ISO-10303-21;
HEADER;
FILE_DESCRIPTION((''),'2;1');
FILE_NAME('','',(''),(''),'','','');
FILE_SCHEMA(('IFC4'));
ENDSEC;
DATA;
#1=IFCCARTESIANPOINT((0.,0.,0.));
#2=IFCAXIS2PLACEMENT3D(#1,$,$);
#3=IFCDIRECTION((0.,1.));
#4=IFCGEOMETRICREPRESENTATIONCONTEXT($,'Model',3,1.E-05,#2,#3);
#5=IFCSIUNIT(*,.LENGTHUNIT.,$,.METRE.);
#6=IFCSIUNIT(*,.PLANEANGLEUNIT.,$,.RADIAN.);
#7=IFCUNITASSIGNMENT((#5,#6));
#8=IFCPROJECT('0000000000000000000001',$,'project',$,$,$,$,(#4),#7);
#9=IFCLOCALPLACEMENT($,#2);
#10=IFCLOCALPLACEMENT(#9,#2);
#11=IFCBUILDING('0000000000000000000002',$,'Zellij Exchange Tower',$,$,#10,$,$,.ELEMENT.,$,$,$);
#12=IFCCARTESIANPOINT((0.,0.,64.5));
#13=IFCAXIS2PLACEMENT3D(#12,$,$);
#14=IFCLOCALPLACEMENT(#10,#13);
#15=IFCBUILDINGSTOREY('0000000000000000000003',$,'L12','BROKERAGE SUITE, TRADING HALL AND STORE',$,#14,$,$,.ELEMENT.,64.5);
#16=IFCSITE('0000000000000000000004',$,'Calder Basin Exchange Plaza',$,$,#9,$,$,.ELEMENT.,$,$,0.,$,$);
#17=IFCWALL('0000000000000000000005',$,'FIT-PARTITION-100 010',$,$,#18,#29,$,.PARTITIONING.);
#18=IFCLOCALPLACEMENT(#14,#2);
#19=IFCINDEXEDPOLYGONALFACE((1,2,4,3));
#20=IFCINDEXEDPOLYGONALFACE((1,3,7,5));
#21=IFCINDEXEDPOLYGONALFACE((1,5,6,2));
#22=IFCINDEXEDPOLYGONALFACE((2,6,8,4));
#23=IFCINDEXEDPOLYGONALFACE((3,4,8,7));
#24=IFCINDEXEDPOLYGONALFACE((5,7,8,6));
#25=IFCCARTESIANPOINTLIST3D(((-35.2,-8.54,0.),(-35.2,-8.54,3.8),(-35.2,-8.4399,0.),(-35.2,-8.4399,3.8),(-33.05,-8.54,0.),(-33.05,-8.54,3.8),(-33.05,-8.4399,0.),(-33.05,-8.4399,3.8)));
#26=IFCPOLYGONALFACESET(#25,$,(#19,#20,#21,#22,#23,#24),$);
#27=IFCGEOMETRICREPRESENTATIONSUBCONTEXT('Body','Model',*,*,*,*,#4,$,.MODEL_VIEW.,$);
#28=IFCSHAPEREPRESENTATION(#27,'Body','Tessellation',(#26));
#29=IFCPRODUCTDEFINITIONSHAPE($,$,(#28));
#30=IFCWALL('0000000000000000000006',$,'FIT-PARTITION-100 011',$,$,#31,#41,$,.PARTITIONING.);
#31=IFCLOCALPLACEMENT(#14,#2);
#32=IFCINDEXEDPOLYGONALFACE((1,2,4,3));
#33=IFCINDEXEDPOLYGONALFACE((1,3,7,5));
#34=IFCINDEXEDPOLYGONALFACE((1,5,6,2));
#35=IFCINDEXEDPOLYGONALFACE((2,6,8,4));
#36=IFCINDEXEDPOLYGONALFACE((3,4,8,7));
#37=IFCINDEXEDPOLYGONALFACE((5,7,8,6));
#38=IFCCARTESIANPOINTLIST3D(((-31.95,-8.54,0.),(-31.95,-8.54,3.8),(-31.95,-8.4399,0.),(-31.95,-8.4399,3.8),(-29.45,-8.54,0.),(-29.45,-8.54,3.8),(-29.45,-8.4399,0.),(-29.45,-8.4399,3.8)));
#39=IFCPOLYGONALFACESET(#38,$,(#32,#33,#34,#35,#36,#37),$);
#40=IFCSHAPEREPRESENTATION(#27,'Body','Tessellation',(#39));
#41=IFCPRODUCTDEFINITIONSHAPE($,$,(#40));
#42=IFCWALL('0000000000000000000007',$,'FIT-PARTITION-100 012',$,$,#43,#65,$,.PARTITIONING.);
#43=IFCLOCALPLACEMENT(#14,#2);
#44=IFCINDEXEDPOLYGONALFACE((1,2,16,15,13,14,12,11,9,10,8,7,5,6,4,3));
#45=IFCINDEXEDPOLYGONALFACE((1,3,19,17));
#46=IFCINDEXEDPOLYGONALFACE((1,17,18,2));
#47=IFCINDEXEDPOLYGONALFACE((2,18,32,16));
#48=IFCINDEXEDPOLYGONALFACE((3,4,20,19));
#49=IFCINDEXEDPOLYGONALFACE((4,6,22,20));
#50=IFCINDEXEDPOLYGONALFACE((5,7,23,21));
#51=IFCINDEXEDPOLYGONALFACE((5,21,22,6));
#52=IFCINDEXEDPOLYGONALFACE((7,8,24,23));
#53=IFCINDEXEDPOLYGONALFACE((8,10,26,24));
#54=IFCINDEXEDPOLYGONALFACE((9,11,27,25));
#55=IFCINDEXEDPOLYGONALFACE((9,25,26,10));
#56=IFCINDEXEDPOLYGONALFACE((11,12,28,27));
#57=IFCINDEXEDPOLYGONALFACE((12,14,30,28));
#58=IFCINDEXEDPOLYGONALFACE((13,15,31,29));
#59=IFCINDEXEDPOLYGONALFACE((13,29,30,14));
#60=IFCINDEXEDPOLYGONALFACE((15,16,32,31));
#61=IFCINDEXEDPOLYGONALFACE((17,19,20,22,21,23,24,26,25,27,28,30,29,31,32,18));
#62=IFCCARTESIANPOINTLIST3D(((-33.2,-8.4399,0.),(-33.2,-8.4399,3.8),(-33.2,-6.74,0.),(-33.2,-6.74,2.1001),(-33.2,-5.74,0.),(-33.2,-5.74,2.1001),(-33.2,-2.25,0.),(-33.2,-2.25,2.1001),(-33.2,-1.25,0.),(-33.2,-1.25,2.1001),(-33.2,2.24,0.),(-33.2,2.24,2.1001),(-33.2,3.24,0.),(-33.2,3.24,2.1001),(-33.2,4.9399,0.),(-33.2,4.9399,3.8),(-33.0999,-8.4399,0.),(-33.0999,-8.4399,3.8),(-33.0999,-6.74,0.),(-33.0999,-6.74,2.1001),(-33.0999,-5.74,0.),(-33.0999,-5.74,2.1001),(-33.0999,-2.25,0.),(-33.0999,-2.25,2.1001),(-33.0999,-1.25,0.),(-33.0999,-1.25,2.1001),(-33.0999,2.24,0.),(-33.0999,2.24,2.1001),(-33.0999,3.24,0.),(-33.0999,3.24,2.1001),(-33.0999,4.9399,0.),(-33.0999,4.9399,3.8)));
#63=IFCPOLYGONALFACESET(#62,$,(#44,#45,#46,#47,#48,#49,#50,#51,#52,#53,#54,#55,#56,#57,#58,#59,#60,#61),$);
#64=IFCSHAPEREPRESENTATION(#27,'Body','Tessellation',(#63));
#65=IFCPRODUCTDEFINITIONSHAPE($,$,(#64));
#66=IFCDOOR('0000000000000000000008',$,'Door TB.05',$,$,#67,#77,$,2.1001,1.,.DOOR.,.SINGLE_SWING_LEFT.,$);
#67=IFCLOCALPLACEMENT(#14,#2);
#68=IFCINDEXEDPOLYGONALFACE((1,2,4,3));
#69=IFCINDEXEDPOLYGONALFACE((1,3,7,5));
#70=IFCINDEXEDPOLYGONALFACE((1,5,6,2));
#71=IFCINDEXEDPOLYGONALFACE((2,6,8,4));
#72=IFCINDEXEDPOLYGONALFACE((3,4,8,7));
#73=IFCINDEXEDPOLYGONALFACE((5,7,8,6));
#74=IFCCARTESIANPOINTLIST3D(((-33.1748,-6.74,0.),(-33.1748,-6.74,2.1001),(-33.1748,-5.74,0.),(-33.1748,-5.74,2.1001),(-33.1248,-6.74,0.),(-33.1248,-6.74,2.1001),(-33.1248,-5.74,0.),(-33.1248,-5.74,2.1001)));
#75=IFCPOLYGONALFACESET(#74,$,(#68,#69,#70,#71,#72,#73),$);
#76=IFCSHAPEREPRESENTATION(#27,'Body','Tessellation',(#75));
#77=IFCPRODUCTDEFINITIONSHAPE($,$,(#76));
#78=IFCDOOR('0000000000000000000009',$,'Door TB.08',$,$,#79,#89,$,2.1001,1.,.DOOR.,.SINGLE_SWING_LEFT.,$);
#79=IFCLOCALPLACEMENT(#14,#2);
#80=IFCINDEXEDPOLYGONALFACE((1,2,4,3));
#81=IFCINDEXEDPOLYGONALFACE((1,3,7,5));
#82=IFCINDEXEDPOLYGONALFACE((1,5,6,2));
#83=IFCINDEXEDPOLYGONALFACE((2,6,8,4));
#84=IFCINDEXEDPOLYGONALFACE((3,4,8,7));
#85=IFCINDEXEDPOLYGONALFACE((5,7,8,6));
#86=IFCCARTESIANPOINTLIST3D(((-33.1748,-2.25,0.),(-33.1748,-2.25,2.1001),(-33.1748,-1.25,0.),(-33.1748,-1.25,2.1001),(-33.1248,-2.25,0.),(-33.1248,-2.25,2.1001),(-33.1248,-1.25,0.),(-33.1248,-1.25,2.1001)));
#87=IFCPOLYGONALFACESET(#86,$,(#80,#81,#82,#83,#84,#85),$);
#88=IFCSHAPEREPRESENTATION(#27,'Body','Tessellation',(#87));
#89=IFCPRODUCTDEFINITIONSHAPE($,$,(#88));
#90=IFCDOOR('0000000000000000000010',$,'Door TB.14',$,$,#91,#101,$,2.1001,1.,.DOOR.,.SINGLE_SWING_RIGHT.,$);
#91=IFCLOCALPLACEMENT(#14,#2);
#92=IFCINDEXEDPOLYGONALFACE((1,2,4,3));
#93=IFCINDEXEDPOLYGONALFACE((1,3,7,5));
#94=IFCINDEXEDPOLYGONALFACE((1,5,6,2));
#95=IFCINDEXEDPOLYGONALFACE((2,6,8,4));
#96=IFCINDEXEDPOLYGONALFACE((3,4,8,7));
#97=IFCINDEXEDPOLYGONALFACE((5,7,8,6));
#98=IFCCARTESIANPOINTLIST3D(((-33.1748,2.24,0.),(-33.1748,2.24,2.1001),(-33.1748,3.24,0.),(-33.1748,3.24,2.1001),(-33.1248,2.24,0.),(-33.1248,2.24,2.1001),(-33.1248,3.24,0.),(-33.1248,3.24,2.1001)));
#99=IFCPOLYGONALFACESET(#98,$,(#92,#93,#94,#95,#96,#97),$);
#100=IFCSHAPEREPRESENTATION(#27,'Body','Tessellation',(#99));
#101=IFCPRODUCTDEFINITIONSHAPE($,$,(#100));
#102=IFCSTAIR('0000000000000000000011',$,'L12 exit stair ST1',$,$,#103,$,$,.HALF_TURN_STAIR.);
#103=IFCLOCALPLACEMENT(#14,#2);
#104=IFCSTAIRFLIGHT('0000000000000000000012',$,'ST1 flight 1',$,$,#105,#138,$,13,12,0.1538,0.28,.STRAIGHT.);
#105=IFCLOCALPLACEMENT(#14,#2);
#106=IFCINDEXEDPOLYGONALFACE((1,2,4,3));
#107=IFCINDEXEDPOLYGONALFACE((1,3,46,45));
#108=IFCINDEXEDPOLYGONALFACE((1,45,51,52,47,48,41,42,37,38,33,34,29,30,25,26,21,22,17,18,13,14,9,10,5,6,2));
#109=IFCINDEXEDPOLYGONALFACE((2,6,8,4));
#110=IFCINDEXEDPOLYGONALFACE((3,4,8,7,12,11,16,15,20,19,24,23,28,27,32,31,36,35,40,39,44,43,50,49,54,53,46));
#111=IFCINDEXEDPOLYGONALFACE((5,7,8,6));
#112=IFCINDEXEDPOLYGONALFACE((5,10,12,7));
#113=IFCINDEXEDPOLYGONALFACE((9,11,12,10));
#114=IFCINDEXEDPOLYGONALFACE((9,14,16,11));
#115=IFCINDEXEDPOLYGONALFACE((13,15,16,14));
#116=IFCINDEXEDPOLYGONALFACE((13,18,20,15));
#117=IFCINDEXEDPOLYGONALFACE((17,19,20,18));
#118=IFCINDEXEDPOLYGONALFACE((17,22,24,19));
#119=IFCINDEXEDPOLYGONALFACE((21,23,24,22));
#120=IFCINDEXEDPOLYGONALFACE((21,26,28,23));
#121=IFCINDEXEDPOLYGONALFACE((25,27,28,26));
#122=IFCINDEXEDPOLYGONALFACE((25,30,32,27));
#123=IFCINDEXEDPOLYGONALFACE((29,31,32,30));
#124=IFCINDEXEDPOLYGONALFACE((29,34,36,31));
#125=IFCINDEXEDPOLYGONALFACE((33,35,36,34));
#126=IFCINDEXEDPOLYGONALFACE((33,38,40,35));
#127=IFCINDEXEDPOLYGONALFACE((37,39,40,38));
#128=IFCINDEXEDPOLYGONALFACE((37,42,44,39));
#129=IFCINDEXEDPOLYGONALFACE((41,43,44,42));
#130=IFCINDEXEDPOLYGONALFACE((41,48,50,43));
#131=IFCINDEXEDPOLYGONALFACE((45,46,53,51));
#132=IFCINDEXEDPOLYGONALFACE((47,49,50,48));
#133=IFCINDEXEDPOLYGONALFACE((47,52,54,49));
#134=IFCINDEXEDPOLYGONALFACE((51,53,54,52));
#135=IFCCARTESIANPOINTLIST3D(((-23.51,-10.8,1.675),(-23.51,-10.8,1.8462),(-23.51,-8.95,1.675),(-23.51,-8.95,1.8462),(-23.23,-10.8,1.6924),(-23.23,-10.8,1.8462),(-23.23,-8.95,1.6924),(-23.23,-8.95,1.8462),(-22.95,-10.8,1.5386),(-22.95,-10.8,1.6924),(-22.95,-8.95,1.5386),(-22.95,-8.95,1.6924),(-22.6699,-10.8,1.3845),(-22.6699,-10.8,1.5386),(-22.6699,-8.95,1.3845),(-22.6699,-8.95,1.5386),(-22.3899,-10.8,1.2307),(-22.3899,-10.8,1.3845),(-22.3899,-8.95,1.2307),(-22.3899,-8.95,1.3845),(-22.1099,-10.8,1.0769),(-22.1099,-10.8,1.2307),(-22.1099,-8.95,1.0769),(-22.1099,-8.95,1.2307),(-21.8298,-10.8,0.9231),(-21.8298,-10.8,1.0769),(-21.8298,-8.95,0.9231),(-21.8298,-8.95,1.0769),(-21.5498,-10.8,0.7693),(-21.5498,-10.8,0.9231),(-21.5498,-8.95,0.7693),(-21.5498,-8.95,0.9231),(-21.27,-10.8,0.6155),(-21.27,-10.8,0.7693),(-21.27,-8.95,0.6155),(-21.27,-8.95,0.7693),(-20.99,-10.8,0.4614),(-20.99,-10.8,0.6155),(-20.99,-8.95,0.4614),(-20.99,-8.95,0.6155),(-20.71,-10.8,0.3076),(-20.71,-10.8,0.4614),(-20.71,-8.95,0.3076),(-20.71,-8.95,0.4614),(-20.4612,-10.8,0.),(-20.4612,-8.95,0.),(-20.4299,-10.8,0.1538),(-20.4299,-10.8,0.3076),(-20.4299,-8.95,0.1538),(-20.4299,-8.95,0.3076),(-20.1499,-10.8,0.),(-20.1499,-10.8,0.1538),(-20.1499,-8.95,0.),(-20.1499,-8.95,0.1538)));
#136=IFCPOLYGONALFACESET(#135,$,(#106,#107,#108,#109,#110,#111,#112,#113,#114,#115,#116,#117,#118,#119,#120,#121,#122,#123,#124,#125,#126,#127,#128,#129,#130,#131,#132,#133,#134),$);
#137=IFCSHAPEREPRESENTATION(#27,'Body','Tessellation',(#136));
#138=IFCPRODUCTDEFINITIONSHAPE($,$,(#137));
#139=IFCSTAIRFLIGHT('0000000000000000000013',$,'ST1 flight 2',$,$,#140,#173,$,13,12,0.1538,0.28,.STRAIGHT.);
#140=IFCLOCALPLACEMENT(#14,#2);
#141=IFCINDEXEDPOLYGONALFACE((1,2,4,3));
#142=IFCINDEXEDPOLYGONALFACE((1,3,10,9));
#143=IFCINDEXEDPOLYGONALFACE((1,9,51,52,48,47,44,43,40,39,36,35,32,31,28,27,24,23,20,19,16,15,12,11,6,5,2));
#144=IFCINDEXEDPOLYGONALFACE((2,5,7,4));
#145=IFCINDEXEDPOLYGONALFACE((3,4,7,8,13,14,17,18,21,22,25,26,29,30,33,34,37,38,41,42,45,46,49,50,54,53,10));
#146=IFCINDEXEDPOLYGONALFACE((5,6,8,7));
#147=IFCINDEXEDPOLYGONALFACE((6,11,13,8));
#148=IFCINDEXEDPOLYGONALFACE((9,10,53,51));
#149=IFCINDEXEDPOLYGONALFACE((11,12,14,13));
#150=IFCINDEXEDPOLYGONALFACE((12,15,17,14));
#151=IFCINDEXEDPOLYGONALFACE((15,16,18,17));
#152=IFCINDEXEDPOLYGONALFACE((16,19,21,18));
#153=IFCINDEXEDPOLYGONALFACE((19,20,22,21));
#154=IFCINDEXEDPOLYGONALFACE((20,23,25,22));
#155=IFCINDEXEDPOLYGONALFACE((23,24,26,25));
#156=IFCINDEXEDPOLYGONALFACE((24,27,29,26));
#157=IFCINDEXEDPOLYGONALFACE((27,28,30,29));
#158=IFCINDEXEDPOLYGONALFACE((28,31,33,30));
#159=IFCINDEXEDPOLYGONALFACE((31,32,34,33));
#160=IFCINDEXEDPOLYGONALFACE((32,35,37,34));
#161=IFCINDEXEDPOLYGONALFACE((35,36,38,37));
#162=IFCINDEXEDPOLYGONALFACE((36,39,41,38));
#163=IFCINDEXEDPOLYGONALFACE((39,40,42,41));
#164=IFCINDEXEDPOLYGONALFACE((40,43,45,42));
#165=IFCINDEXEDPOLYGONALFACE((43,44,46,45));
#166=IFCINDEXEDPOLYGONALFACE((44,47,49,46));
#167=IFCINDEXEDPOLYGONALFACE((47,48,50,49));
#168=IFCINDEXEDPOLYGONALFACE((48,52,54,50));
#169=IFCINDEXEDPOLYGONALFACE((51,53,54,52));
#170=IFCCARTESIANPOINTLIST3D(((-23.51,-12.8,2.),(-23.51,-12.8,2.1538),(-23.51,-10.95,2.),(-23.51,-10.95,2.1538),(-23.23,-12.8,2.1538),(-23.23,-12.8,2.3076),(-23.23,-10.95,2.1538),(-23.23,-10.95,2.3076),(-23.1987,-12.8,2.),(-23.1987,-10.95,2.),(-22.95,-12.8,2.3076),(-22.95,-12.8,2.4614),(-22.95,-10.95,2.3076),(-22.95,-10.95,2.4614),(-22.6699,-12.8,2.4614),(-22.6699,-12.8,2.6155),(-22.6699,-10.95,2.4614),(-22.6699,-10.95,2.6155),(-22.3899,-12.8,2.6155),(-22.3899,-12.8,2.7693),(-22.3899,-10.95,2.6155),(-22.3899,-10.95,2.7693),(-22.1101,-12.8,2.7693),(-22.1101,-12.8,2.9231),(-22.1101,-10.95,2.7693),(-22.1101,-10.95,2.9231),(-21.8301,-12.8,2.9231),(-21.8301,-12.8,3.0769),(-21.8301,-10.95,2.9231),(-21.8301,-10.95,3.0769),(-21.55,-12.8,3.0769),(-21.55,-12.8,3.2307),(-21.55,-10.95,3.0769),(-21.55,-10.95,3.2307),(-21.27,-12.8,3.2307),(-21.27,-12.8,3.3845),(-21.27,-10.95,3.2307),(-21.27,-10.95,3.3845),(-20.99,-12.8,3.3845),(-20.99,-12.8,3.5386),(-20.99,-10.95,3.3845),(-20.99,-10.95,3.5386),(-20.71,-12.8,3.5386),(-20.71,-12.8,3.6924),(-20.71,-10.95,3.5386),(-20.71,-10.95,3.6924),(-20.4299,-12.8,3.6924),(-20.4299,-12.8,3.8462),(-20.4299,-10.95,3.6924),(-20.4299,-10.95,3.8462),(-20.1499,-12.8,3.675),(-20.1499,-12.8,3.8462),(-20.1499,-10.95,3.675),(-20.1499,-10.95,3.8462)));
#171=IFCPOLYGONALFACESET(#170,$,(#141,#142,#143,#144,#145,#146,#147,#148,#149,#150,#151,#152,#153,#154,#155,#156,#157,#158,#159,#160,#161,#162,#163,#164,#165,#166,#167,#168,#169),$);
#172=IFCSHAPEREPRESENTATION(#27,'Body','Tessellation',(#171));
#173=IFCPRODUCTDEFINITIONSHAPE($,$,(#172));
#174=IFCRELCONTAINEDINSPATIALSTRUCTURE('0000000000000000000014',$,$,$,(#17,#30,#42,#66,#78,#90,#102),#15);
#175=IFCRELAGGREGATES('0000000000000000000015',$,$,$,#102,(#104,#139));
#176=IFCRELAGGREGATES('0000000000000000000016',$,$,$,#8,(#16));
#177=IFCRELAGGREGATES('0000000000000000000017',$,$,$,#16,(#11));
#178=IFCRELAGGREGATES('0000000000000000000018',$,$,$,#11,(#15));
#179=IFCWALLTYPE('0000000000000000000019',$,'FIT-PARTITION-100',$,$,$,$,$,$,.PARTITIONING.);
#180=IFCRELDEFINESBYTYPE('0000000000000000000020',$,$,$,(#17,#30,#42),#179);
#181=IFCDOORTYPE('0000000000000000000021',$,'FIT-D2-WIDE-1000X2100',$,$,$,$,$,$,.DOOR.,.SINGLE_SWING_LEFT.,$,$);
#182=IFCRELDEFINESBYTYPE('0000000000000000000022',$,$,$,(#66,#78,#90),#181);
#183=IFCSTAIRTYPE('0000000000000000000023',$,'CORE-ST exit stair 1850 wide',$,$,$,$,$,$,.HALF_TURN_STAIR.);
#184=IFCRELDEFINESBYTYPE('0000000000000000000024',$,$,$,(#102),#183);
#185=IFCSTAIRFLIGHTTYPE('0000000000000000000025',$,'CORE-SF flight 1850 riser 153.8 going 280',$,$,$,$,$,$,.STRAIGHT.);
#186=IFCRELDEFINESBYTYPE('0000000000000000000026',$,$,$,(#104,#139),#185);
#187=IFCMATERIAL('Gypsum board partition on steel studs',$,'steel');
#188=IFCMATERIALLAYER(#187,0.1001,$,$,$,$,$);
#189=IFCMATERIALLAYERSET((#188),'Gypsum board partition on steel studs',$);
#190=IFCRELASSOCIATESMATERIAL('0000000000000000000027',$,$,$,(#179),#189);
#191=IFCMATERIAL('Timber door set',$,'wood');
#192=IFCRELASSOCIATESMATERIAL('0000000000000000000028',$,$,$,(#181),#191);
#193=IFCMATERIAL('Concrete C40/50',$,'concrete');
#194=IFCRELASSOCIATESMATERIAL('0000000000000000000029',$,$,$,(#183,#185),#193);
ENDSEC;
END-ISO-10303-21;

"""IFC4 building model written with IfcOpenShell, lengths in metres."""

from ifc_helpers import new_model, si_unit, direction, frame, frame_2d, origin, place, context, subcontext, project, spatial, polyline, rectangle, outline, extrude, material, layer, layer_set, type_object, element, fill, aggregate, save


model = new_model("IFC4")

# Units and contexts
model_context = context("Model", 3, precision=1e-05, world=origin(), true_north=direction((0.0, 1.0)))
body_context = subcontext(model_context, "Body", "Model", "MODEL_VIEW")
ifc_project = project(units=[si_unit("LENGTHUNIT", "METRE"), si_unit("PLANEANGLEUNIT", "RADIAN")], contexts=[model_context])

# Site, building, storey
site_placement = place(None, origin())
site = spatial("IfcSite", under=ifc_project, at=site_placement, Name="Calder Basin Exchange Plaza", CompositionType="ELEMENT", RefElevation=0.0)
building_placement = place(site_placement, origin())
building = spatial("IfcBuilding", under=site, at=building_placement, Name="Zellij Exchange Tower", CompositionType="ELEMENT")
storey_placement = place(building_placement, frame((0.0, 0.0, 64.5)))
storey = spatial("IfcBuildingStorey", under=building, at=storey_placement, Name="L12", Description="BROKERAGE SUITE, TRADING HALL AND STORE", CompositionType="ELEMENT", Elevation=64.5)

# Shared definitions
ifc_material_1 = material(Name="Gypsum board partition on steel studs", Category="steel")
ifc_layer_1 = layer(ifc_material_1, 0.1001)
ifc_layer_set_1 = layer_set([ifc_layer_1], Name="Gypsum board partition on steel studs")
wall_type_1 = type_object("IfcWallType", Name="FIT-PARTITION-100", PredefinedType="PARTITIONING", material=ifc_layer_set_1)
ifc_material_2 = material(Name="Timber door set", Category="wood")
door_type_1 = type_object("IfcDoorType", Name="FIT-D2-WIDE-1000X2100", OperationType="SINGLE_SWING_LEFT", PredefinedType="DOOR", material=ifc_material_2)

# Walls
wall_1_placement = place(storey_placement, frame((-35.2, -8.49, 0.0), z_axis=(0.0, 0.0, 1.0), x_axis=(1.0, 0.0, 0.0)))
element("IfcWall", 1, at=wall_1_placement, inside=storey, type_object=wall_type_1, Name="FIT-PARTITION-100 010", PredefinedType="PARTITIONING", context=body_context, shape_type="SweptSolid", body=[
    extrude(rectangle(XDim=2.1499, YDim=0.1001, at=frame_2d((1.075, 0.0))), origin(), (0.0, 0.0, 1.0), 3.8),
])
wall_2_placement = place(storey_placement, frame((-31.95, -8.49, 0.0), z_axis=(0.0, 0.0, 1.0), x_axis=(1.0, 0.0, 0.0)))
element("IfcWall", 2, at=wall_2_placement, inside=storey, type_object=wall_type_1, Name="FIT-PARTITION-100 011", PredefinedType="PARTITIONING", context=body_context, shape_type="SweptSolid", body=[
    extrude(rectangle(XDim=2.5, YDim=0.1001, at=frame_2d((1.25, 0.0))), origin(), (0.0, 0.0, 1.0), 3.8),
])

# Wall, openings, doors
wall_3_placement = place(storey_placement, frame((-33.1499, -8.4399, 0.0), z_axis=(0.0, 0.0, 1.0), x_axis=(0.0, 1.0, 0.0)))
wall_3 = element("IfcWall", 3, at=wall_3_placement, inside=storey, type_object=wall_type_1, Name="FIT-PARTITION-100 012", PredefinedType="PARTITIONING", context=body_context, shape_type="SweptSolid", body=[
    extrude(rectangle(XDim=13.3799, YDim=0.1001, at=frame_2d((6.6899, 0.0))), origin(), (0.0, 0.0, 1.0), 3.8),
])
opening_1_placement = place(wall_3_placement, frame((1.7, 0.0, 0.0)))
opening_1 = element("IfcOpeningElement", 4, at=opening_1_placement, cuts=wall_3, PredefinedType="OPENING", context=body_context, shape_type="SweptSolid", body=[
    extrude(rectangle(XDim=1.0, YDim=2.1001, at=frame_2d((0.5, 1.05))), frame((0.0, 0.062, 0.0), z_axis=(0.0, -1.0, 0.0), x_axis=(1.0, 0.0, 0.0)), (0.0, 0.0, 1.0), 0.124),
])
opening_2_placement = place(wall_3_placement, frame((6.1899, 0.0, 0.0)))
opening_2 = element("IfcOpeningElement", 5, at=opening_2_placement, cuts=wall_3, PredefinedType="OPENING", context=body_context, shape_type="SweptSolid", body=[
    extrude(rectangle(XDim=1.0, YDim=2.1001, at=frame_2d((0.5, 1.05))), frame((0.0, 0.062, 0.0), z_axis=(0.0, -1.0, 0.0), x_axis=(1.0, 0.0, 0.0)), (0.0, 0.0, 1.0), 0.124),
])
opening_3_placement = place(wall_3_placement, frame((10.6799, 0.0, 0.0)))
opening_3 = element("IfcOpeningElement", 6, at=opening_3_placement, cuts=wall_3, PredefinedType="OPENING", context=body_context, shape_type="SweptSolid", body=[
    extrude(rectangle(XDim=1.0, YDim=2.1001, at=frame_2d((0.5, 1.05))), frame((0.0, 0.062, 0.0), z_axis=(0.0, -1.0, 0.0), x_axis=(1.0, 0.0, 0.0)), (0.0, 0.0, 1.0), 0.124),
])
door_1_placement = place(opening_1_placement, origin())
door_1 = element("IfcDoor", 7, at=door_1_placement, inside=storey, type_object=door_type_1, Name="Door TB.05", OperationType="SINGLE_SWING_LEFT", OverallHeight=2.1001, OverallWidth=1.0, PredefinedType="DOOR", context=body_context, shape_type="SweptSolid", body=[
    extrude(rectangle(XDim=1.0, YDim=2.1001, at=frame_2d((0.5, 1.05))), frame((0.0, 0.0249, 0.0), z_axis=(0.0, -1.0, 0.0), x_axis=(1.0, 0.0, 0.0)), (0.0, 0.0, 1.0), 0.05),
])
fill(opening_1, door_1)
door_2_placement = place(opening_2_placement, origin())
door_2 = element("IfcDoor", 8, at=door_2_placement, inside=storey, type_object=door_type_1, Name="Door TB.08", OperationType="SINGLE_SWING_LEFT", OverallHeight=2.1001, OverallWidth=1.0, PredefinedType="DOOR", context=body_context, shape_type="SweptSolid", body=[
    extrude(rectangle(XDim=1.0, YDim=2.1001, at=frame_2d((0.5, 1.05))), frame((0.0, 0.0249, 0.0), z_axis=(0.0, -1.0, 0.0), x_axis=(1.0, 0.0, 0.0)), (0.0, 0.0, 1.0), 0.05),
])
fill(opening_2, door_2)
door_3_placement = place(opening_3_placement, origin())
door_3 = element("IfcDoor", 9, at=door_3_placement, inside=storey, type_object=door_type_1, Name="Door TB.14", OperationType="SINGLE_SWING_RIGHT", OverallHeight=2.1001, OverallWidth=1.0, PredefinedType="DOOR", context=body_context, shape_type="SweptSolid", body=[
    extrude(rectangle(XDim=1.0, YDim=2.1001, at=frame_2d((0.5, 1.05))), frame((0.0, 0.0249, 0.0), z_axis=(0.0, -1.0, 0.0), x_axis=(1.0, 0.0, 0.0)), (0.0, 0.0, 1.0), 0.05),
])
fill(opening_3, door_3)

# Stair, stair flights
ifc_material_3 = material(Name="Concrete C40/50", Category="concrete")
stair_type = type_object("IfcStairType", Name="CORE-ST exit stair 1850 wide", PredefinedType="HALF_TURN_STAIR", material=ifc_material_3)
stair_placement = place(storey_placement, origin())
stair = element("IfcStair", 10, at=stair_placement, inside=storey, type_object=stair_type, Name="L12 exit stair ST1", PredefinedType="HALF_TURN_STAIR")
stair_flight_type = type_object("IfcStairFlightType", Name="CORE-SF flight 1850 riser 153.8 going 280", PredefinedType="STRAIGHT", material=ifc_material_3)
stair_flight_1_placement = place(storey_placement, frame((-20.1499, -9.875, 0.0), z_axis=(0.0, 0.0, 1.0), x_axis=(-1.0, 0.0, 0.0)))
stair_flight_1 = element("IfcStairFlight", 11, at=stair_flight_1_placement, type_object=stair_flight_type, Name="ST1 flight 1", NumberOfRisers=13, NumberOfTreads=12, PredefinedType="STRAIGHT", RiserHeight=0.1538, TreadLength=0.28, context=body_context, shape_type="SweptSolid", body=[
    extrude(outline(polyline([(0.0, 0.0), (0.0, 0.1538), (0.28, 0.1538), (0.28, 0.3076), (0.5601, 0.3076), (0.5601, 0.4614), (0.8401, 0.4614), (0.8401, 0.6155), (1.1201, 0.6155), (1.1201, 0.7693), (1.3999, 0.7693), (1.3999, 0.9231), (1.6799, 0.9231), (1.6799, 1.0769), (1.96, 1.0769), (1.96, 1.2307), (2.24, 1.2307), (2.24, 1.3845), (2.52, 1.3845), (2.52, 1.5386), (2.8, 1.5386), (2.8, 1.6924), (3.0801, 1.6924), (3.0801, 1.8462), (3.3601, 1.8462), (3.3601, 2.0), (3.3601, 1.675), (0.3113, 0.0), (0.0, 0.0)])), frame((0.0, 0.925, 0.0), z_axis=(0.0, -1.0, 0.0), x_axis=(1.0, 0.0, 0.0)), (0.0, 0.0, 1.0), 1.8501),
])
stair_flight_2_placement = place(storey_placement, frame((-23.51, -11.875, 2.0), z_axis=(0.0, 0.0, 1.0), x_axis=(1.0, 0.0, 0.0)))
stair_flight_2 = element("IfcStairFlight", 12, at=stair_flight_2_placement, type_object=stair_flight_type, Name="ST1 flight 2", NumberOfRisers=13, NumberOfTreads=12, PredefinedType="STRAIGHT", RiserHeight=0.1538, TreadLength=0.28, context=body_context, shape_type="SweptSolid", body=[
    extrude(outline(polyline([(0.0, 0.0), (0.0, 0.1538), (0.28, 0.1538), (0.28, 0.3076), (0.5601, 0.3076), (0.5601, 0.4614), (0.8401, 0.4614), (0.8401, 0.6155), (1.1201, 0.6155), (1.1201, 0.7693), (1.3999, 0.7693), (1.3999, 0.9231), (1.6799, 0.9231), (1.6799, 1.0769), (1.96, 1.0769), (1.96, 1.2307), (2.24, 1.2307), (2.24, 1.3845), (2.52, 1.3845), (2.52, 1.5386), (2.8, 1.5386), (2.8, 1.6924), (3.0801, 1.6924), (3.0801, 1.8462), (3.3601, 1.8462), (3.3601, 2.0), (3.3601, 1.675), (0.3113, 0.0), (0.0, 0.0)])), frame((0.0, 0.925, 0.0), z_axis=(0.0, -1.0, 0.0), x_axis=(1.0, 0.0, 0.0)), (0.0, 0.0, 1.0), 1.8501),
])
aggregate(stair, [stair_flight_1, stair_flight_2])

save(model, "model.ifc")
